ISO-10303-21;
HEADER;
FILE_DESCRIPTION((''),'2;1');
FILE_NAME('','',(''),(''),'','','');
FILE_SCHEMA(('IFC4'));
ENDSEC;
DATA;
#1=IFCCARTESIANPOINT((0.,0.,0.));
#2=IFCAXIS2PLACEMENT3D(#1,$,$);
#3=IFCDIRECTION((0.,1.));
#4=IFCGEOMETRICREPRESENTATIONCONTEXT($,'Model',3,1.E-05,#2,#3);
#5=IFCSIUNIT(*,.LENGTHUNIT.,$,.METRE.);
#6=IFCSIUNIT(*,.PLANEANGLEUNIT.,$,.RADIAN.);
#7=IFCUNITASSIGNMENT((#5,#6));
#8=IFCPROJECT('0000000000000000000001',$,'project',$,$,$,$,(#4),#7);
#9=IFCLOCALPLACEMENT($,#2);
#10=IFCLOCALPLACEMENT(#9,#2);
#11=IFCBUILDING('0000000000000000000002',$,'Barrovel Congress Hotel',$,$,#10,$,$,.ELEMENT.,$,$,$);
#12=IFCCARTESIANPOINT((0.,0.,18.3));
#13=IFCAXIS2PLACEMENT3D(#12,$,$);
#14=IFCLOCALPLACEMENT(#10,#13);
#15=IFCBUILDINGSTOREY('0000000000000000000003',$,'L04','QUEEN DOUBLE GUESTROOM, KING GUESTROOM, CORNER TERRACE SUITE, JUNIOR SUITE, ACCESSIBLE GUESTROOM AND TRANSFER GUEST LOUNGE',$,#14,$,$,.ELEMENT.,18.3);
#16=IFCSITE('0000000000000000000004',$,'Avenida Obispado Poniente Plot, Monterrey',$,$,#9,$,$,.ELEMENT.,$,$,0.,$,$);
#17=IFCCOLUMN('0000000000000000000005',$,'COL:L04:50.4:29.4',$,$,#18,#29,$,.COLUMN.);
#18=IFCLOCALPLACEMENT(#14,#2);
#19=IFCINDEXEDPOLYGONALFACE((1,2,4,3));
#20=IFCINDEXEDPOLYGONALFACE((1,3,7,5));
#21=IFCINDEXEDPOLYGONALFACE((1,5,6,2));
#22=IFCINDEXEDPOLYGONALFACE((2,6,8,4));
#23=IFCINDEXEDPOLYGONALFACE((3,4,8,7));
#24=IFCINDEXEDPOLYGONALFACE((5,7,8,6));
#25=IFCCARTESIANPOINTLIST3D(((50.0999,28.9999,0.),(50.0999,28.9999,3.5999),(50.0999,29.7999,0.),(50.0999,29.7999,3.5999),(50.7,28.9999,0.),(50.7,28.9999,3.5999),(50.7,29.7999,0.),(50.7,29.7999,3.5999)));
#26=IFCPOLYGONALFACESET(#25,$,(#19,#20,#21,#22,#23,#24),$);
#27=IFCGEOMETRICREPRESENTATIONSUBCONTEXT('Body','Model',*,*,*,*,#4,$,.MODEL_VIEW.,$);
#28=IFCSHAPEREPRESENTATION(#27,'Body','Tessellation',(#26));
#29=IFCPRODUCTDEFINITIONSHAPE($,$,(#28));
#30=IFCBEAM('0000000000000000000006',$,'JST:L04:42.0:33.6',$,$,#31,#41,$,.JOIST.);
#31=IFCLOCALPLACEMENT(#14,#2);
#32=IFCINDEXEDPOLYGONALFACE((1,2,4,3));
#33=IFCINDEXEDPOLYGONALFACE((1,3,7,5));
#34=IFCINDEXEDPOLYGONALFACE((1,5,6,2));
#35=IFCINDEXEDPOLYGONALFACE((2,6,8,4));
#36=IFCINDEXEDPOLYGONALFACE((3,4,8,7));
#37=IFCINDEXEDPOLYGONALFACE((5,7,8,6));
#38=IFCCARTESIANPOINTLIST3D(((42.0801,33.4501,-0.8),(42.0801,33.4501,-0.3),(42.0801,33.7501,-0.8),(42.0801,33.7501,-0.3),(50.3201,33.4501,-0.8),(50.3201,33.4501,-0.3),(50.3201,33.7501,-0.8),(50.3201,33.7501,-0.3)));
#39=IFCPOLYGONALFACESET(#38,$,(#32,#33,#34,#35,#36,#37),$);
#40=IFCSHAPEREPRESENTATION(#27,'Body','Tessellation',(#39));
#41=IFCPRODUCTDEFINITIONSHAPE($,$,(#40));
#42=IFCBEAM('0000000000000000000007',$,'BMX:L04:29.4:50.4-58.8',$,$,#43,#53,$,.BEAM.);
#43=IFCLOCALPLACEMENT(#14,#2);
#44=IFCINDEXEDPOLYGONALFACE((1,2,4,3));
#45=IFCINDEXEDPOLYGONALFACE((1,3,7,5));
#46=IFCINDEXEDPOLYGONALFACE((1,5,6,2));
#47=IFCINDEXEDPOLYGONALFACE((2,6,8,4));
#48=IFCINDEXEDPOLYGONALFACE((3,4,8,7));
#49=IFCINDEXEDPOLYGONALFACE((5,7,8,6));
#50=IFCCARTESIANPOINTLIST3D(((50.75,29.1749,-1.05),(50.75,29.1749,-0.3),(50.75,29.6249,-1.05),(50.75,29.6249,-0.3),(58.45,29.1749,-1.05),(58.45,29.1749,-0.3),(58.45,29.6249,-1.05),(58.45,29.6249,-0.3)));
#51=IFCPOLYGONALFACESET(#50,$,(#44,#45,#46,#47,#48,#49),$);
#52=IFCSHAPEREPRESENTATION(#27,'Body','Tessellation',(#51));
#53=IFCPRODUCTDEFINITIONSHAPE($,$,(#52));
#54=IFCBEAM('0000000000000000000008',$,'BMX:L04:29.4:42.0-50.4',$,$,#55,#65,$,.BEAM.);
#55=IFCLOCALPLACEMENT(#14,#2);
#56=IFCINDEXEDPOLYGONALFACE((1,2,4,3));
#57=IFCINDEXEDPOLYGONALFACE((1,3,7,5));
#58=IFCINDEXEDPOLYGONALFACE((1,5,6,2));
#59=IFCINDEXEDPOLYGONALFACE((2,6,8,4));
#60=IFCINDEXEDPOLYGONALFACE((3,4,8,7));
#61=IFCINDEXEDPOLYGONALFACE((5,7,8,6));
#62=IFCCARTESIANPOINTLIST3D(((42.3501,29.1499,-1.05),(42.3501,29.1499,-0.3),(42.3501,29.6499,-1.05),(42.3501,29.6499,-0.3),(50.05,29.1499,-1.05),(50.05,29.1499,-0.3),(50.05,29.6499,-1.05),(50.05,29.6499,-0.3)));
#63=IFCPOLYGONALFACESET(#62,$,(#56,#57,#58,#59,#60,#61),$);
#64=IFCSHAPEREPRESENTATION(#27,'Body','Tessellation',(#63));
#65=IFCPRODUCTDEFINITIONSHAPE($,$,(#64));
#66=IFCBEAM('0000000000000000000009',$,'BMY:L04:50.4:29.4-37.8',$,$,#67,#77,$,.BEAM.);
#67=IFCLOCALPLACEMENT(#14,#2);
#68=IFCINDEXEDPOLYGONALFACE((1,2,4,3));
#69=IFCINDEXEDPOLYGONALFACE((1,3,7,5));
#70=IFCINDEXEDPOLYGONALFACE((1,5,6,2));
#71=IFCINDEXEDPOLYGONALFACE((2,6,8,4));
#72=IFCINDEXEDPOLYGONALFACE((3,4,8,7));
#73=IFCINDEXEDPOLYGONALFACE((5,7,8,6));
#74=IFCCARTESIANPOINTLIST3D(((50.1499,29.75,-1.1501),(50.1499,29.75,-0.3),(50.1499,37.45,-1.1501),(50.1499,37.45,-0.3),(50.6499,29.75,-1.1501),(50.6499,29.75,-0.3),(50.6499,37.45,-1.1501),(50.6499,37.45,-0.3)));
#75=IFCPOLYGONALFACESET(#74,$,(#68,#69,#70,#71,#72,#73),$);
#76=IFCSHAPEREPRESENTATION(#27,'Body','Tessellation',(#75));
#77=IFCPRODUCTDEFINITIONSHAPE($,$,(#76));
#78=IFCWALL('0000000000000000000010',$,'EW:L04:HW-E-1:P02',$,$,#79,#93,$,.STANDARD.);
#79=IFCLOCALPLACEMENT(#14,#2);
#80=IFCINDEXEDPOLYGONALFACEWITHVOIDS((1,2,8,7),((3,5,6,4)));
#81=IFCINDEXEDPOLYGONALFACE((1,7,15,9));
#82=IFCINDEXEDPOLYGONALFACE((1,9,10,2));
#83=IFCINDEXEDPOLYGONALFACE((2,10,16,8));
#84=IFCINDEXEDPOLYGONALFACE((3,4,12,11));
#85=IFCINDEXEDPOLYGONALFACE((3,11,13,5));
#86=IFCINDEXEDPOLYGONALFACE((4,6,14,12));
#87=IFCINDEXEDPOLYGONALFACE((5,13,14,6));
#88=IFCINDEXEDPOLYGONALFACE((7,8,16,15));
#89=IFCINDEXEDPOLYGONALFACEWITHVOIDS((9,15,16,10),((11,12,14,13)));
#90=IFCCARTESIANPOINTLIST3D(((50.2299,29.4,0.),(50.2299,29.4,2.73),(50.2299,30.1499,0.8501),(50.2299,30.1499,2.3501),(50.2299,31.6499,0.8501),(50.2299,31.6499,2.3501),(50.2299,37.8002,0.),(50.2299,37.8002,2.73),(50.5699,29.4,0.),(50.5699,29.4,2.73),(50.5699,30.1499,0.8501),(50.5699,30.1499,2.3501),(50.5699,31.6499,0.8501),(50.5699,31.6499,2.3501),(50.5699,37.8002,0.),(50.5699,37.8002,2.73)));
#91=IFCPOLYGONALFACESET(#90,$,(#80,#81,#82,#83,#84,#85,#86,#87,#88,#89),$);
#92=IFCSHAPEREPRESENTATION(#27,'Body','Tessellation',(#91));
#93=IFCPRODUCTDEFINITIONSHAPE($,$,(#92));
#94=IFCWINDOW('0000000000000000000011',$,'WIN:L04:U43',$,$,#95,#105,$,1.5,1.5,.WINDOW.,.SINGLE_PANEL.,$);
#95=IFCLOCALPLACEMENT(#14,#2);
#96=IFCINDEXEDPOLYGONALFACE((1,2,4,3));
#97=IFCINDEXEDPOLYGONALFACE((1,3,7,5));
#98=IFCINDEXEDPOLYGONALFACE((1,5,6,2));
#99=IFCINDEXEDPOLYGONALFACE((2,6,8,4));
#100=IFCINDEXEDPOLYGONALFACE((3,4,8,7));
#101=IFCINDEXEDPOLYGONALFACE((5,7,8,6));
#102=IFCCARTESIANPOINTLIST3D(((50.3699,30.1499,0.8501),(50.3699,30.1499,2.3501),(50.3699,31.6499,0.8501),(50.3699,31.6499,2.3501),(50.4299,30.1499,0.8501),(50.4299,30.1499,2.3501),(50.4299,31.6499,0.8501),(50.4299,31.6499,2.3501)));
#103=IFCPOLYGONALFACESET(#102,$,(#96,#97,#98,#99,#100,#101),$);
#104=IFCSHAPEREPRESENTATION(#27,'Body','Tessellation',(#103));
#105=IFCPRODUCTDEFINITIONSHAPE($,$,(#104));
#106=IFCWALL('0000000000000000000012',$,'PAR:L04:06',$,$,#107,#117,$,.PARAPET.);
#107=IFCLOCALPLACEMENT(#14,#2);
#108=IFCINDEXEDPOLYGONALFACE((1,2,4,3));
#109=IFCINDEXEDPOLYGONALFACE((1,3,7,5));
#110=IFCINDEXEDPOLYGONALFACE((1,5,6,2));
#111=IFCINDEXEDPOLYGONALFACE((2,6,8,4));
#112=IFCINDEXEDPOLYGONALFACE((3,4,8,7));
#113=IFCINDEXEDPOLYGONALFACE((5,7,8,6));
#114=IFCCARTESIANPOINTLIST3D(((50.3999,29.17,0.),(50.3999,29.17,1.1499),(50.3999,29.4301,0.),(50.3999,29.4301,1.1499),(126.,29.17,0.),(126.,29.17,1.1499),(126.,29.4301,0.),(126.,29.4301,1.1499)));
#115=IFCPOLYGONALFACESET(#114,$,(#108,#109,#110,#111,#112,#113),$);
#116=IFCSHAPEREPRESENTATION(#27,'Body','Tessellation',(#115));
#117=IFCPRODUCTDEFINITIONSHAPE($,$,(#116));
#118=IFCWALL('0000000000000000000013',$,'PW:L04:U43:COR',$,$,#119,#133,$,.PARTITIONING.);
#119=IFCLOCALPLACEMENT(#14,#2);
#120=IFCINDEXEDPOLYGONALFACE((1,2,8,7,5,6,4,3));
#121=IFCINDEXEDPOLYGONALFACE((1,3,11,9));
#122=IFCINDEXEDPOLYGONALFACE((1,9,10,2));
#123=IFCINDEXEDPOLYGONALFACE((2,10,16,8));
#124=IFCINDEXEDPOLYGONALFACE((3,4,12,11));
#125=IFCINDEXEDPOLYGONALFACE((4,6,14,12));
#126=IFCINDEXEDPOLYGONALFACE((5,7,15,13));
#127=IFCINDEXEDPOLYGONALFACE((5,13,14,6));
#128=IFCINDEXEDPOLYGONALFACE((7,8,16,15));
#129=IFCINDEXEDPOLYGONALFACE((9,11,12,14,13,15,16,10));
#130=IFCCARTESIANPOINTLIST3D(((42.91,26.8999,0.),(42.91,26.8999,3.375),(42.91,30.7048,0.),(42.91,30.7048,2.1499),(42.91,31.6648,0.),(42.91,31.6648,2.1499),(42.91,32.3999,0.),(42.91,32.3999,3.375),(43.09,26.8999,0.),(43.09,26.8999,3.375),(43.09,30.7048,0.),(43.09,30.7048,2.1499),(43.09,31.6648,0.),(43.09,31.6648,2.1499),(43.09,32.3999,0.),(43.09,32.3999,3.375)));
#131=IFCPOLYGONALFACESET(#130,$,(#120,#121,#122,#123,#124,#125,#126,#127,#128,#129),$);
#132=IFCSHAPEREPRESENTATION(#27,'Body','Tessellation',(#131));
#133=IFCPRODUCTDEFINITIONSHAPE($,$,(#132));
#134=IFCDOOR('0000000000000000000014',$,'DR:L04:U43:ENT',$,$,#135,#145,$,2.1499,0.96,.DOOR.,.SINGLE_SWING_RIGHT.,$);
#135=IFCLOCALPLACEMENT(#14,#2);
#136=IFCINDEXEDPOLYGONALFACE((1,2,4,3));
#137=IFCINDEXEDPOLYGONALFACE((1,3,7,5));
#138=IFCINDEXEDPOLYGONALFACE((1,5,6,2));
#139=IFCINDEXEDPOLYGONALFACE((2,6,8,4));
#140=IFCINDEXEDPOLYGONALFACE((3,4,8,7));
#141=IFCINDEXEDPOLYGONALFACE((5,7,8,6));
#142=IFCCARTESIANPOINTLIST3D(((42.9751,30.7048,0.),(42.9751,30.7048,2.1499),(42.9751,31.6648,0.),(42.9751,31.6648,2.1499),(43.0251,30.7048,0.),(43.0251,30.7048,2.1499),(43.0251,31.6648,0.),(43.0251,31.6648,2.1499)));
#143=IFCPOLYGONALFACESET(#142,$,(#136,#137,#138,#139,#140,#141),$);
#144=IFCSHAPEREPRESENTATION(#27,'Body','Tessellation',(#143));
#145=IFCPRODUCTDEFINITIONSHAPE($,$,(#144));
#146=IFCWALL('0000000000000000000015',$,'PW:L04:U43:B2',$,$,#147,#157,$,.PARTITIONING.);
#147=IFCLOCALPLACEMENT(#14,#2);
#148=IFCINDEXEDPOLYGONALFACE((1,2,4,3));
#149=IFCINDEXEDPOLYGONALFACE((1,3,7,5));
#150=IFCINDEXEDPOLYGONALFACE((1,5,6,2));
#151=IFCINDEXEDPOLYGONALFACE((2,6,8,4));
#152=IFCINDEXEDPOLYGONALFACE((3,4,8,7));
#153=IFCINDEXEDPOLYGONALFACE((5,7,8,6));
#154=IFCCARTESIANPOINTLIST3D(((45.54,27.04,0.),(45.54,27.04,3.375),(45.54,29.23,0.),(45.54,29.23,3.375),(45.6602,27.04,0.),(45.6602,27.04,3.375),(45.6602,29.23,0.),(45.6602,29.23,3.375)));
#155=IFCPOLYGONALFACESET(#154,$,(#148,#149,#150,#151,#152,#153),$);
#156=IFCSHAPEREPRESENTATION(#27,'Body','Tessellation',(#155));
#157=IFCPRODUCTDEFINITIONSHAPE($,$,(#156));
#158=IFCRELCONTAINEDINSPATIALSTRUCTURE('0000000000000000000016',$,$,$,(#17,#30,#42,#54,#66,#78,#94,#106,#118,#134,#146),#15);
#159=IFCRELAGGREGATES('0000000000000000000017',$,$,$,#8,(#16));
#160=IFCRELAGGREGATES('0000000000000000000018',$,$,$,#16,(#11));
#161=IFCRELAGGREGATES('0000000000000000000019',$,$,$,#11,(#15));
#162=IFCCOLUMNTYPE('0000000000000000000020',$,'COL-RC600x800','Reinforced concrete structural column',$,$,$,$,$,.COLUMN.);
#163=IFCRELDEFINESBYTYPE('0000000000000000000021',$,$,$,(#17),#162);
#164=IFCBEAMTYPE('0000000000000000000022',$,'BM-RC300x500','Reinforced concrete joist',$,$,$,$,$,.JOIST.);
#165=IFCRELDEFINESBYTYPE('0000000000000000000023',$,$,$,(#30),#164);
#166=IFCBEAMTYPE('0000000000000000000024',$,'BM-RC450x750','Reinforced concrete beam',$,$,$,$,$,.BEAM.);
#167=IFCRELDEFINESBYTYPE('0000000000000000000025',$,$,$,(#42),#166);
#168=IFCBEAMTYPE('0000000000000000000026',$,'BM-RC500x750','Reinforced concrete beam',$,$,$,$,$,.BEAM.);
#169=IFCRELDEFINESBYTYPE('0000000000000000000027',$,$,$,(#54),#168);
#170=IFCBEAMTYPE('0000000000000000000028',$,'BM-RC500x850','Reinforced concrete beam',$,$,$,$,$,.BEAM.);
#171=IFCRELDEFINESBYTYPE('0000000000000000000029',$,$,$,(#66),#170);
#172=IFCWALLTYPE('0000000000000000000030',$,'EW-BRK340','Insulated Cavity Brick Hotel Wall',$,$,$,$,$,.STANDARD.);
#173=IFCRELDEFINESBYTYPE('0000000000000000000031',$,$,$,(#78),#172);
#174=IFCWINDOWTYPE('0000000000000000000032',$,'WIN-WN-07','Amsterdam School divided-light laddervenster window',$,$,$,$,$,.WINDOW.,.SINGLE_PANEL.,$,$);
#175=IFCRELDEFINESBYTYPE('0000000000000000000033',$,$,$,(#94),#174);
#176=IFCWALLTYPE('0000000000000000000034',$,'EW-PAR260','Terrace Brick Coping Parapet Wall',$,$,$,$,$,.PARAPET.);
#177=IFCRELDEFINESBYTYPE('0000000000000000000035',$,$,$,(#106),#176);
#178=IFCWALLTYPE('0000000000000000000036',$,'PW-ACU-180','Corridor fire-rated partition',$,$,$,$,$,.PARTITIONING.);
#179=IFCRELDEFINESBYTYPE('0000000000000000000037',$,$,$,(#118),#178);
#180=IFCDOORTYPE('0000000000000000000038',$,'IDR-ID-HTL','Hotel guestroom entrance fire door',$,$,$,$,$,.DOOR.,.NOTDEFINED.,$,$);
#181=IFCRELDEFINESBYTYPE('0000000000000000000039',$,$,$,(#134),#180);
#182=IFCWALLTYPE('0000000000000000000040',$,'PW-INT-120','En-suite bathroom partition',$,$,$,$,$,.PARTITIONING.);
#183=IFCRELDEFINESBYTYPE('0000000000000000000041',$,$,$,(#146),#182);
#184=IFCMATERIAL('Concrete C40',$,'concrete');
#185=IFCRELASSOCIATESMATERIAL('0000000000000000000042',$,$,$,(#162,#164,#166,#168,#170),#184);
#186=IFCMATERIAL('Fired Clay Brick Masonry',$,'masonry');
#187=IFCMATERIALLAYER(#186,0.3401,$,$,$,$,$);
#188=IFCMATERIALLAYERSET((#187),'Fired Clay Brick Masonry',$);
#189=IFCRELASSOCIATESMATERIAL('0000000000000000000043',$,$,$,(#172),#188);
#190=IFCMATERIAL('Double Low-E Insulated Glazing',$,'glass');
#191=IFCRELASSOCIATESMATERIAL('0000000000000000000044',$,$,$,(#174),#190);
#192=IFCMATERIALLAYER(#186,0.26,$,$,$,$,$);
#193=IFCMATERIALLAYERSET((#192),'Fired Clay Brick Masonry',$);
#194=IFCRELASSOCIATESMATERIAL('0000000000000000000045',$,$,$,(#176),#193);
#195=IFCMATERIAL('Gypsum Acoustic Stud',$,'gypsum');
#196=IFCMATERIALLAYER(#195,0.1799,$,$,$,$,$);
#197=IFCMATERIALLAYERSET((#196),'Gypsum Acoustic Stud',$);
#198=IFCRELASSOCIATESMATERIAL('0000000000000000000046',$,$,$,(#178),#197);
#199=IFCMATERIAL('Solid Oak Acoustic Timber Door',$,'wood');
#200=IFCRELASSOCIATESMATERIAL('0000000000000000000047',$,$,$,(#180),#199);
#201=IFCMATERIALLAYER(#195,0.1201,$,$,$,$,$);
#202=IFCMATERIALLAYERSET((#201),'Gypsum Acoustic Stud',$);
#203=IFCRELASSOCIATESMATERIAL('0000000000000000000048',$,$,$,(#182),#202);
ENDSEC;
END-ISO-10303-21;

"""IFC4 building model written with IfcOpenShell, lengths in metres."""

from ifc_helpers import new_model, si_unit, direction, frame, frame_2d, origin, origin_2d, place, context, subcontext, project, spatial, rectangle, extrude, material, layer, layer_set, material_profile, profile_set, type_object, element, fill, save


model = new_model("IFC4")

# Units and contexts
model_context = context("Model", 3, precision=1e-05, world=origin(), true_north=direction((0.0, 1.0)))
body_context = subcontext(model_context, "Body", "Model", "MODEL_VIEW")
ifc_project = project(units=[si_unit("LENGTHUNIT", "METRE"), si_unit("PLANEANGLEUNIT", "RADIAN")], contexts=[model_context])

# Site, building, storey
site_placement = place(None, origin())
site = spatial("IfcSite", under=ifc_project, at=site_placement, Name="Avenida Obispado Poniente Plot, Monterrey", CompositionType="ELEMENT", RefElevation=0.0)
building_placement = place(site_placement, origin())
building = spatial("IfcBuilding", under=site, at=building_placement, Name="Barrovel Congress Hotel", CompositionType="ELEMENT")
storey_placement = place(building_placement, frame((0.0, 0.0, 18.3)))
storey = spatial("IfcBuildingStorey", under=building, at=storey_placement, Name="L04", Description="QUEEN DOUBLE GUESTROOM, KING GUESTROOM, CORNER TERRACE SUITE, JUNIOR SUITE, ACCESSIBLE GUESTROOM AND TRANSFER GUEST LOUNGE", CompositionType="ELEMENT", Elevation=18.3)

# Column
ifc_material_1 = material(Name="Concrete C40", Category="concrete")
ifc_material_profile_1 = material_profile(ifc_material_1, rectangle(XDim=0.6001, YDim=0.8, at=origin_2d()), Name="RC600x800")
ifc_profile_set_1 = profile_set([ifc_material_profile_1], Name="Concrete C40")
column_type = type_object("IfcColumnType", Name="COL-RC600x800", Description="Reinforced concrete structural column", PredefinedType="COLUMN", material=ifc_profile_set_1)
column_placement = place(storey_placement, frame((50.3999, 29.3999, 0.0), z_axis=(0.0, 0.0, 1.0), x_axis=(1.0, 0.0, 0.0)))
element("IfcColumn", 1, at=column_placement, inside=storey, type_object=column_type, Name="COL:L04:50.4:29.4", PredefinedType="COLUMN", context=body_context, shape_type="SweptSolid", body=[
    extrude(rectangle(XDim=0.6001, YDim=0.8, at=origin_2d()), origin(), (0.0, 0.0, 1.0), 3.5999),
])

# Beams
ifc_material_profile_2 = material_profile(ifc_material_1, rectangle(XDim=0.3, YDim=0.5, at=origin_2d()), Name="RC300x500")
ifc_profile_set_2 = profile_set([ifc_material_profile_2], Name="Concrete C40")
beam_type_1 = type_object("IfcBeamType", Name="BM-RC300x500", Description="Reinforced concrete joist", PredefinedType="JOIST", material=ifc_profile_set_2)
beam_1_placement = place(storey_placement, frame((42.0801, 33.6001, -0.55), z_axis=(1.0, 0.0, 0.0), x_axis=(0.0, 1.0, 0.0)))
element("IfcBeam", 2, at=beam_1_placement, inside=storey, type_object=beam_type_1, Name="JST:L04:42.0:33.6", PredefinedType="JOIST", context=body_context, shape_type="SweptSolid", body=[
    extrude(rectangle(XDim=0.3, YDim=0.5, at=origin_2d()), origin(), (0.0, 0.0, 1.0), 8.24),
])
ifc_material_profile_3 = material_profile(ifc_material_1, rectangle(XDim=0.45, YDim=0.75, at=origin_2d()), Name="RC450x750")
ifc_profile_set_3 = profile_set([ifc_material_profile_3], Name="Concrete C40")
beam_type_2 = type_object("IfcBeamType", Name="BM-RC450x750", Description="Reinforced concrete beam", PredefinedType="BEAM", material=ifc_profile_set_3)
beam_2_placement = place(storey_placement, frame((50.75, 29.3999, -0.675), z_axis=(1.0, 0.0, 0.0), x_axis=(0.0, 1.0, 0.0)))
element("IfcBeam", 3, at=beam_2_placement, inside=storey, type_object=beam_type_2, Name="BMX:L04:29.4:50.4-58.8", PredefinedType="BEAM", context=body_context, shape_type="SweptSolid", body=[
    extrude(rectangle(XDim=0.45, YDim=0.75, at=origin_2d()), origin(), (0.0, 0.0, 1.0), 7.7),
])
ifc_material_profile_4 = material_profile(ifc_material_1, rectangle(XDim=0.5, YDim=0.75, at=origin_2d()), Name="RC500x750")
ifc_profile_set_4 = profile_set([ifc_material_profile_4], Name="Concrete C40")
beam_type_3 = type_object("IfcBeamType", Name="BM-RC500x750", Description="Reinforced concrete beam", PredefinedType="BEAM", material=ifc_profile_set_4)
beam_3_placement = place(storey_placement, frame((42.3501, 29.3999, -0.675), z_axis=(1.0, 0.0, 0.0), x_axis=(0.0, 1.0, 0.0)))
element("IfcBeam", 4, at=beam_3_placement, inside=storey, type_object=beam_type_3, Name="BMX:L04:29.4:42.0-50.4", PredefinedType="BEAM", context=body_context, shape_type="SweptSolid", body=[
    extrude(rectangle(XDim=0.5, YDim=0.75, at=origin_2d()), origin(), (0.0, 0.0, 1.0), 7.7),
])
ifc_material_profile_5 = material_profile(ifc_material_1, rectangle(XDim=0.5, YDim=0.8501, at=origin_2d()), Name="RC500x850")
ifc_profile_set_5 = profile_set([ifc_material_profile_5], Name="Concrete C40")
beam_type_4 = type_object("IfcBeamType", Name="BM-RC500x850", Description="Reinforced concrete beam", PredefinedType="BEAM", material=ifc_profile_set_5)
beam_4_placement = place(storey_placement, frame((50.3999, 29.75, -0.7251), z_axis=(0.0, 1.0, 0.0), x_axis=(-1.0, 0.0, 0.0)))
element("IfcBeam", 5, at=beam_4_placement, inside=storey, type_object=beam_type_4, Name="BMY:L04:50.4:29.4-37.8", PredefinedType="BEAM", context=body_context, shape_type="SweptSolid", body=[
    extrude(rectangle(XDim=0.5, YDim=0.8501, at=origin_2d()), origin(), (0.0, 0.0, 1.0), 7.7),
])

# Wall, opening, window
ifc_material_2 = material(Name="Fired Clay Brick Masonry", Category="masonry")
ifc_layer_1 = layer(ifc_material_2, 0.3401)
ifc_layer_set_1 = layer_set([ifc_layer_1], Name="Fired Clay Brick Masonry")
wall_type_1 = type_object("IfcWallType", Name="EW-BRK340", Description="Insulated Cavity Brick Hotel Wall", PredefinedType="STANDARD", material=ifc_layer_set_1)
wall_1_placement = place(storey_placement, frame((50.3999, 29.3999, 0.0), z_axis=(0.0, 0.0, 1.0), x_axis=(0.0, 1.0, 0.0)))
wall_1 = element("IfcWall", 6, at=wall_1_placement, inside=storey, type_object=wall_type_1, Name="EW:L04:HW-E-1:P02", PredefinedType="STANDARD", context=body_context, shape_type="SweptSolid", body=[
    extrude(rectangle(XDim=8.4001, YDim=0.3401, at=frame_2d((4.2002, 0.0))), origin(), (0.0, 0.0, 1.0), 2.73),
])
opening_1_placement = place(wall_1_placement, frame((0.75, 0.0, 0.8501)))
opening_1 = element("IfcOpeningElement", 7, at=opening_1_placement, cuts=wall_1, PredefinedType="OPENING", context=body_context, shape_type="SweptSolid", body=[
    extrude(rectangle(XDim=1.5, YDim=1.5, at=frame_2d((0.75, 0.75))), frame((0.0, 0.1802, 0.0), z_axis=(0.0, -1.0, 0.0), x_axis=(1.0, 0.0, 0.0)), (0.0, 0.0, 1.0), 0.3601),
])
ifc_material_3 = material(Name="Double Low-E Insulated Glazing", Category="glass")
window_type = type_object("IfcWindowType", Name="WIN-WN-07", Description="Amsterdam School divided-light laddervenster window", PartitioningType="SINGLE_PANEL", PredefinedType="WINDOW", material=ifc_material_3)
window_placement = place(opening_1_placement, origin())
window = element("IfcWindow", 8, at=window_placement, inside=storey, type_object=window_type, Name="WIN:L04:U43", OverallHeight=1.5, OverallWidth=1.5, PartitioningType="SINGLE_PANEL", PredefinedType="WINDOW", context=body_context, shape_type="SweptSolid", body=[
    extrude(rectangle(XDim=1.5, YDim=1.5, at=frame_2d((0.75, 0.75))), frame((0.0, 0.03, 0.0), z_axis=(0.0, -1.0, 0.0), x_axis=(1.0, 0.0, 0.0)), (0.0, 0.0, 1.0), 0.0601),
])
fill(opening_1, window)

# Wall
ifc_layer_2 = layer(ifc_material_2, 0.26)
ifc_layer_set_2 = layer_set([ifc_layer_2], Name="Fired Clay Brick Masonry")
wall_type_2 = type_object("IfcWallType", Name="EW-PAR260", Description="Terrace Brick Coping Parapet Wall", PredefinedType="PARAPET", material=ifc_layer_set_2)
wall_2_placement = place(storey_placement, frame((50.3999, 29.3, 0.0), z_axis=(0.0, 0.0, 1.0), x_axis=(1.0, 0.0, 0.0)))
element("IfcWall", 9, at=wall_2_placement, inside=storey, type_object=wall_type_2, Name="PAR:L04:06", PredefinedType="PARAPET", context=body_context, shape_type="SweptSolid", body=[
    extrude(rectangle(XDim=75.6001, YDim=0.26, at=frame_2d((37.8, 0.0))), origin(), (0.0, 0.0, 1.0), 1.1499),
])

# Wall, opening, door
ifc_material_4 = material(Name="Gypsum Acoustic Stud", Category="gypsum")
ifc_layer_3 = layer(ifc_material_4, 0.1799)
ifc_layer_set_3 = layer_set([ifc_layer_3], Name="Gypsum Acoustic Stud")
wall_type_3 = type_object("IfcWallType", Name="PW-ACU-180", Description="Corridor fire-rated partition", PredefinedType="PARTITIONING", material=ifc_layer_set_3)
wall_3_placement = place(storey_placement, frame((43.0, 26.8999, 0.0), z_axis=(0.0, 0.0, 1.0), x_axis=(0.0, 1.0, 0.0)))
wall_3 = element("IfcWall", 10, at=wall_3_placement, inside=storey, type_object=wall_type_3, Name="PW:L04:U43:COR", PredefinedType="PARTITIONING", context=body_context, shape_type="SweptSolid", body=[
    extrude(rectangle(XDim=5.5, YDim=0.1799, at=frame_2d((2.75, 0.0))), origin(), (0.0, 0.0, 1.0), 3.375),
])
opening_2_placement = place(wall_3_placement, frame((3.8049, 0.0, 0.0)))
opening_2 = element("IfcOpeningElement", 11, at=opening_2_placement, cuts=wall_3, PredefinedType="OPENING", context=body_context, shape_type="SweptSolid", body=[
    extrude(rectangle(XDim=0.96, YDim=2.1499, at=frame_2d((0.48, 1.075))), frame((0.0, 0.1001, 0.0), z_axis=(0.0, -1.0, 0.0), x_axis=(1.0, 0.0, 0.0)), (0.0, 0.0, 1.0), 0.2),
])
ifc_material_5 = material(Name="Solid Oak Acoustic Timber Door", Category="wood")
door_type_1 = type_object("IfcDoorType", Name="IDR-ID-HTL", Description="Hotel guestroom entrance fire door", OperationType="NOTDEFINED", PredefinedType="DOOR", material=ifc_material_5)
door_1_placement = place(opening_2_placement, origin())
door_1 = element("IfcDoor", 12, at=door_1_placement, inside=storey, type_object=door_type_1, Name="DR:L04:U43:ENT", OperationType="SINGLE_SWING_RIGHT", OverallHeight=2.1499, OverallWidth=0.96, PredefinedType="DOOR", context=body_context, shape_type="SweptSolid", body=[
    extrude(rectangle(XDim=0.96, YDim=2.1499, at=frame_2d((0.48, 1.075))), frame((0.0, 0.0249, 0.0), z_axis=(0.0, -1.0, 0.0), x_axis=(1.0, 0.0, 0.0)), (0.0, 0.0, 1.0), 0.05),
])
fill(opening_2, door_1)

# Wall
ifc_layer_4 = layer(ifc_material_4, 0.1201)
ifc_layer_set_4 = layer_set([ifc_layer_4], Name="Gypsum Acoustic Stud")
wall_type_4 = type_object("IfcWallType", Name="PW-INT-120", Description="En-suite bathroom partition", PredefinedType="PARTITIONING", material=ifc_layer_set_4)
wall_4_placement = place(storey_placement, frame((45.6001, 27.04, 0.0), z_axis=(0.0, 0.0, 1.0), x_axis=(0.0, 1.0, 0.0)))
element("IfcWall", 13, at=wall_4_placement, inside=storey, type_object=wall_type_4, Name="PW:L04:U43:B2", PredefinedType="PARTITIONING", context=body_context, shape_type="SweptSolid", body=[
    extrude(rectangle(XDim=2.1899, YDim=0.1201, at=frame_2d((1.095, 0.0))), origin(), (0.0, 0.0, 1.0), 3.375),
])

save(model, "model.ifc")
